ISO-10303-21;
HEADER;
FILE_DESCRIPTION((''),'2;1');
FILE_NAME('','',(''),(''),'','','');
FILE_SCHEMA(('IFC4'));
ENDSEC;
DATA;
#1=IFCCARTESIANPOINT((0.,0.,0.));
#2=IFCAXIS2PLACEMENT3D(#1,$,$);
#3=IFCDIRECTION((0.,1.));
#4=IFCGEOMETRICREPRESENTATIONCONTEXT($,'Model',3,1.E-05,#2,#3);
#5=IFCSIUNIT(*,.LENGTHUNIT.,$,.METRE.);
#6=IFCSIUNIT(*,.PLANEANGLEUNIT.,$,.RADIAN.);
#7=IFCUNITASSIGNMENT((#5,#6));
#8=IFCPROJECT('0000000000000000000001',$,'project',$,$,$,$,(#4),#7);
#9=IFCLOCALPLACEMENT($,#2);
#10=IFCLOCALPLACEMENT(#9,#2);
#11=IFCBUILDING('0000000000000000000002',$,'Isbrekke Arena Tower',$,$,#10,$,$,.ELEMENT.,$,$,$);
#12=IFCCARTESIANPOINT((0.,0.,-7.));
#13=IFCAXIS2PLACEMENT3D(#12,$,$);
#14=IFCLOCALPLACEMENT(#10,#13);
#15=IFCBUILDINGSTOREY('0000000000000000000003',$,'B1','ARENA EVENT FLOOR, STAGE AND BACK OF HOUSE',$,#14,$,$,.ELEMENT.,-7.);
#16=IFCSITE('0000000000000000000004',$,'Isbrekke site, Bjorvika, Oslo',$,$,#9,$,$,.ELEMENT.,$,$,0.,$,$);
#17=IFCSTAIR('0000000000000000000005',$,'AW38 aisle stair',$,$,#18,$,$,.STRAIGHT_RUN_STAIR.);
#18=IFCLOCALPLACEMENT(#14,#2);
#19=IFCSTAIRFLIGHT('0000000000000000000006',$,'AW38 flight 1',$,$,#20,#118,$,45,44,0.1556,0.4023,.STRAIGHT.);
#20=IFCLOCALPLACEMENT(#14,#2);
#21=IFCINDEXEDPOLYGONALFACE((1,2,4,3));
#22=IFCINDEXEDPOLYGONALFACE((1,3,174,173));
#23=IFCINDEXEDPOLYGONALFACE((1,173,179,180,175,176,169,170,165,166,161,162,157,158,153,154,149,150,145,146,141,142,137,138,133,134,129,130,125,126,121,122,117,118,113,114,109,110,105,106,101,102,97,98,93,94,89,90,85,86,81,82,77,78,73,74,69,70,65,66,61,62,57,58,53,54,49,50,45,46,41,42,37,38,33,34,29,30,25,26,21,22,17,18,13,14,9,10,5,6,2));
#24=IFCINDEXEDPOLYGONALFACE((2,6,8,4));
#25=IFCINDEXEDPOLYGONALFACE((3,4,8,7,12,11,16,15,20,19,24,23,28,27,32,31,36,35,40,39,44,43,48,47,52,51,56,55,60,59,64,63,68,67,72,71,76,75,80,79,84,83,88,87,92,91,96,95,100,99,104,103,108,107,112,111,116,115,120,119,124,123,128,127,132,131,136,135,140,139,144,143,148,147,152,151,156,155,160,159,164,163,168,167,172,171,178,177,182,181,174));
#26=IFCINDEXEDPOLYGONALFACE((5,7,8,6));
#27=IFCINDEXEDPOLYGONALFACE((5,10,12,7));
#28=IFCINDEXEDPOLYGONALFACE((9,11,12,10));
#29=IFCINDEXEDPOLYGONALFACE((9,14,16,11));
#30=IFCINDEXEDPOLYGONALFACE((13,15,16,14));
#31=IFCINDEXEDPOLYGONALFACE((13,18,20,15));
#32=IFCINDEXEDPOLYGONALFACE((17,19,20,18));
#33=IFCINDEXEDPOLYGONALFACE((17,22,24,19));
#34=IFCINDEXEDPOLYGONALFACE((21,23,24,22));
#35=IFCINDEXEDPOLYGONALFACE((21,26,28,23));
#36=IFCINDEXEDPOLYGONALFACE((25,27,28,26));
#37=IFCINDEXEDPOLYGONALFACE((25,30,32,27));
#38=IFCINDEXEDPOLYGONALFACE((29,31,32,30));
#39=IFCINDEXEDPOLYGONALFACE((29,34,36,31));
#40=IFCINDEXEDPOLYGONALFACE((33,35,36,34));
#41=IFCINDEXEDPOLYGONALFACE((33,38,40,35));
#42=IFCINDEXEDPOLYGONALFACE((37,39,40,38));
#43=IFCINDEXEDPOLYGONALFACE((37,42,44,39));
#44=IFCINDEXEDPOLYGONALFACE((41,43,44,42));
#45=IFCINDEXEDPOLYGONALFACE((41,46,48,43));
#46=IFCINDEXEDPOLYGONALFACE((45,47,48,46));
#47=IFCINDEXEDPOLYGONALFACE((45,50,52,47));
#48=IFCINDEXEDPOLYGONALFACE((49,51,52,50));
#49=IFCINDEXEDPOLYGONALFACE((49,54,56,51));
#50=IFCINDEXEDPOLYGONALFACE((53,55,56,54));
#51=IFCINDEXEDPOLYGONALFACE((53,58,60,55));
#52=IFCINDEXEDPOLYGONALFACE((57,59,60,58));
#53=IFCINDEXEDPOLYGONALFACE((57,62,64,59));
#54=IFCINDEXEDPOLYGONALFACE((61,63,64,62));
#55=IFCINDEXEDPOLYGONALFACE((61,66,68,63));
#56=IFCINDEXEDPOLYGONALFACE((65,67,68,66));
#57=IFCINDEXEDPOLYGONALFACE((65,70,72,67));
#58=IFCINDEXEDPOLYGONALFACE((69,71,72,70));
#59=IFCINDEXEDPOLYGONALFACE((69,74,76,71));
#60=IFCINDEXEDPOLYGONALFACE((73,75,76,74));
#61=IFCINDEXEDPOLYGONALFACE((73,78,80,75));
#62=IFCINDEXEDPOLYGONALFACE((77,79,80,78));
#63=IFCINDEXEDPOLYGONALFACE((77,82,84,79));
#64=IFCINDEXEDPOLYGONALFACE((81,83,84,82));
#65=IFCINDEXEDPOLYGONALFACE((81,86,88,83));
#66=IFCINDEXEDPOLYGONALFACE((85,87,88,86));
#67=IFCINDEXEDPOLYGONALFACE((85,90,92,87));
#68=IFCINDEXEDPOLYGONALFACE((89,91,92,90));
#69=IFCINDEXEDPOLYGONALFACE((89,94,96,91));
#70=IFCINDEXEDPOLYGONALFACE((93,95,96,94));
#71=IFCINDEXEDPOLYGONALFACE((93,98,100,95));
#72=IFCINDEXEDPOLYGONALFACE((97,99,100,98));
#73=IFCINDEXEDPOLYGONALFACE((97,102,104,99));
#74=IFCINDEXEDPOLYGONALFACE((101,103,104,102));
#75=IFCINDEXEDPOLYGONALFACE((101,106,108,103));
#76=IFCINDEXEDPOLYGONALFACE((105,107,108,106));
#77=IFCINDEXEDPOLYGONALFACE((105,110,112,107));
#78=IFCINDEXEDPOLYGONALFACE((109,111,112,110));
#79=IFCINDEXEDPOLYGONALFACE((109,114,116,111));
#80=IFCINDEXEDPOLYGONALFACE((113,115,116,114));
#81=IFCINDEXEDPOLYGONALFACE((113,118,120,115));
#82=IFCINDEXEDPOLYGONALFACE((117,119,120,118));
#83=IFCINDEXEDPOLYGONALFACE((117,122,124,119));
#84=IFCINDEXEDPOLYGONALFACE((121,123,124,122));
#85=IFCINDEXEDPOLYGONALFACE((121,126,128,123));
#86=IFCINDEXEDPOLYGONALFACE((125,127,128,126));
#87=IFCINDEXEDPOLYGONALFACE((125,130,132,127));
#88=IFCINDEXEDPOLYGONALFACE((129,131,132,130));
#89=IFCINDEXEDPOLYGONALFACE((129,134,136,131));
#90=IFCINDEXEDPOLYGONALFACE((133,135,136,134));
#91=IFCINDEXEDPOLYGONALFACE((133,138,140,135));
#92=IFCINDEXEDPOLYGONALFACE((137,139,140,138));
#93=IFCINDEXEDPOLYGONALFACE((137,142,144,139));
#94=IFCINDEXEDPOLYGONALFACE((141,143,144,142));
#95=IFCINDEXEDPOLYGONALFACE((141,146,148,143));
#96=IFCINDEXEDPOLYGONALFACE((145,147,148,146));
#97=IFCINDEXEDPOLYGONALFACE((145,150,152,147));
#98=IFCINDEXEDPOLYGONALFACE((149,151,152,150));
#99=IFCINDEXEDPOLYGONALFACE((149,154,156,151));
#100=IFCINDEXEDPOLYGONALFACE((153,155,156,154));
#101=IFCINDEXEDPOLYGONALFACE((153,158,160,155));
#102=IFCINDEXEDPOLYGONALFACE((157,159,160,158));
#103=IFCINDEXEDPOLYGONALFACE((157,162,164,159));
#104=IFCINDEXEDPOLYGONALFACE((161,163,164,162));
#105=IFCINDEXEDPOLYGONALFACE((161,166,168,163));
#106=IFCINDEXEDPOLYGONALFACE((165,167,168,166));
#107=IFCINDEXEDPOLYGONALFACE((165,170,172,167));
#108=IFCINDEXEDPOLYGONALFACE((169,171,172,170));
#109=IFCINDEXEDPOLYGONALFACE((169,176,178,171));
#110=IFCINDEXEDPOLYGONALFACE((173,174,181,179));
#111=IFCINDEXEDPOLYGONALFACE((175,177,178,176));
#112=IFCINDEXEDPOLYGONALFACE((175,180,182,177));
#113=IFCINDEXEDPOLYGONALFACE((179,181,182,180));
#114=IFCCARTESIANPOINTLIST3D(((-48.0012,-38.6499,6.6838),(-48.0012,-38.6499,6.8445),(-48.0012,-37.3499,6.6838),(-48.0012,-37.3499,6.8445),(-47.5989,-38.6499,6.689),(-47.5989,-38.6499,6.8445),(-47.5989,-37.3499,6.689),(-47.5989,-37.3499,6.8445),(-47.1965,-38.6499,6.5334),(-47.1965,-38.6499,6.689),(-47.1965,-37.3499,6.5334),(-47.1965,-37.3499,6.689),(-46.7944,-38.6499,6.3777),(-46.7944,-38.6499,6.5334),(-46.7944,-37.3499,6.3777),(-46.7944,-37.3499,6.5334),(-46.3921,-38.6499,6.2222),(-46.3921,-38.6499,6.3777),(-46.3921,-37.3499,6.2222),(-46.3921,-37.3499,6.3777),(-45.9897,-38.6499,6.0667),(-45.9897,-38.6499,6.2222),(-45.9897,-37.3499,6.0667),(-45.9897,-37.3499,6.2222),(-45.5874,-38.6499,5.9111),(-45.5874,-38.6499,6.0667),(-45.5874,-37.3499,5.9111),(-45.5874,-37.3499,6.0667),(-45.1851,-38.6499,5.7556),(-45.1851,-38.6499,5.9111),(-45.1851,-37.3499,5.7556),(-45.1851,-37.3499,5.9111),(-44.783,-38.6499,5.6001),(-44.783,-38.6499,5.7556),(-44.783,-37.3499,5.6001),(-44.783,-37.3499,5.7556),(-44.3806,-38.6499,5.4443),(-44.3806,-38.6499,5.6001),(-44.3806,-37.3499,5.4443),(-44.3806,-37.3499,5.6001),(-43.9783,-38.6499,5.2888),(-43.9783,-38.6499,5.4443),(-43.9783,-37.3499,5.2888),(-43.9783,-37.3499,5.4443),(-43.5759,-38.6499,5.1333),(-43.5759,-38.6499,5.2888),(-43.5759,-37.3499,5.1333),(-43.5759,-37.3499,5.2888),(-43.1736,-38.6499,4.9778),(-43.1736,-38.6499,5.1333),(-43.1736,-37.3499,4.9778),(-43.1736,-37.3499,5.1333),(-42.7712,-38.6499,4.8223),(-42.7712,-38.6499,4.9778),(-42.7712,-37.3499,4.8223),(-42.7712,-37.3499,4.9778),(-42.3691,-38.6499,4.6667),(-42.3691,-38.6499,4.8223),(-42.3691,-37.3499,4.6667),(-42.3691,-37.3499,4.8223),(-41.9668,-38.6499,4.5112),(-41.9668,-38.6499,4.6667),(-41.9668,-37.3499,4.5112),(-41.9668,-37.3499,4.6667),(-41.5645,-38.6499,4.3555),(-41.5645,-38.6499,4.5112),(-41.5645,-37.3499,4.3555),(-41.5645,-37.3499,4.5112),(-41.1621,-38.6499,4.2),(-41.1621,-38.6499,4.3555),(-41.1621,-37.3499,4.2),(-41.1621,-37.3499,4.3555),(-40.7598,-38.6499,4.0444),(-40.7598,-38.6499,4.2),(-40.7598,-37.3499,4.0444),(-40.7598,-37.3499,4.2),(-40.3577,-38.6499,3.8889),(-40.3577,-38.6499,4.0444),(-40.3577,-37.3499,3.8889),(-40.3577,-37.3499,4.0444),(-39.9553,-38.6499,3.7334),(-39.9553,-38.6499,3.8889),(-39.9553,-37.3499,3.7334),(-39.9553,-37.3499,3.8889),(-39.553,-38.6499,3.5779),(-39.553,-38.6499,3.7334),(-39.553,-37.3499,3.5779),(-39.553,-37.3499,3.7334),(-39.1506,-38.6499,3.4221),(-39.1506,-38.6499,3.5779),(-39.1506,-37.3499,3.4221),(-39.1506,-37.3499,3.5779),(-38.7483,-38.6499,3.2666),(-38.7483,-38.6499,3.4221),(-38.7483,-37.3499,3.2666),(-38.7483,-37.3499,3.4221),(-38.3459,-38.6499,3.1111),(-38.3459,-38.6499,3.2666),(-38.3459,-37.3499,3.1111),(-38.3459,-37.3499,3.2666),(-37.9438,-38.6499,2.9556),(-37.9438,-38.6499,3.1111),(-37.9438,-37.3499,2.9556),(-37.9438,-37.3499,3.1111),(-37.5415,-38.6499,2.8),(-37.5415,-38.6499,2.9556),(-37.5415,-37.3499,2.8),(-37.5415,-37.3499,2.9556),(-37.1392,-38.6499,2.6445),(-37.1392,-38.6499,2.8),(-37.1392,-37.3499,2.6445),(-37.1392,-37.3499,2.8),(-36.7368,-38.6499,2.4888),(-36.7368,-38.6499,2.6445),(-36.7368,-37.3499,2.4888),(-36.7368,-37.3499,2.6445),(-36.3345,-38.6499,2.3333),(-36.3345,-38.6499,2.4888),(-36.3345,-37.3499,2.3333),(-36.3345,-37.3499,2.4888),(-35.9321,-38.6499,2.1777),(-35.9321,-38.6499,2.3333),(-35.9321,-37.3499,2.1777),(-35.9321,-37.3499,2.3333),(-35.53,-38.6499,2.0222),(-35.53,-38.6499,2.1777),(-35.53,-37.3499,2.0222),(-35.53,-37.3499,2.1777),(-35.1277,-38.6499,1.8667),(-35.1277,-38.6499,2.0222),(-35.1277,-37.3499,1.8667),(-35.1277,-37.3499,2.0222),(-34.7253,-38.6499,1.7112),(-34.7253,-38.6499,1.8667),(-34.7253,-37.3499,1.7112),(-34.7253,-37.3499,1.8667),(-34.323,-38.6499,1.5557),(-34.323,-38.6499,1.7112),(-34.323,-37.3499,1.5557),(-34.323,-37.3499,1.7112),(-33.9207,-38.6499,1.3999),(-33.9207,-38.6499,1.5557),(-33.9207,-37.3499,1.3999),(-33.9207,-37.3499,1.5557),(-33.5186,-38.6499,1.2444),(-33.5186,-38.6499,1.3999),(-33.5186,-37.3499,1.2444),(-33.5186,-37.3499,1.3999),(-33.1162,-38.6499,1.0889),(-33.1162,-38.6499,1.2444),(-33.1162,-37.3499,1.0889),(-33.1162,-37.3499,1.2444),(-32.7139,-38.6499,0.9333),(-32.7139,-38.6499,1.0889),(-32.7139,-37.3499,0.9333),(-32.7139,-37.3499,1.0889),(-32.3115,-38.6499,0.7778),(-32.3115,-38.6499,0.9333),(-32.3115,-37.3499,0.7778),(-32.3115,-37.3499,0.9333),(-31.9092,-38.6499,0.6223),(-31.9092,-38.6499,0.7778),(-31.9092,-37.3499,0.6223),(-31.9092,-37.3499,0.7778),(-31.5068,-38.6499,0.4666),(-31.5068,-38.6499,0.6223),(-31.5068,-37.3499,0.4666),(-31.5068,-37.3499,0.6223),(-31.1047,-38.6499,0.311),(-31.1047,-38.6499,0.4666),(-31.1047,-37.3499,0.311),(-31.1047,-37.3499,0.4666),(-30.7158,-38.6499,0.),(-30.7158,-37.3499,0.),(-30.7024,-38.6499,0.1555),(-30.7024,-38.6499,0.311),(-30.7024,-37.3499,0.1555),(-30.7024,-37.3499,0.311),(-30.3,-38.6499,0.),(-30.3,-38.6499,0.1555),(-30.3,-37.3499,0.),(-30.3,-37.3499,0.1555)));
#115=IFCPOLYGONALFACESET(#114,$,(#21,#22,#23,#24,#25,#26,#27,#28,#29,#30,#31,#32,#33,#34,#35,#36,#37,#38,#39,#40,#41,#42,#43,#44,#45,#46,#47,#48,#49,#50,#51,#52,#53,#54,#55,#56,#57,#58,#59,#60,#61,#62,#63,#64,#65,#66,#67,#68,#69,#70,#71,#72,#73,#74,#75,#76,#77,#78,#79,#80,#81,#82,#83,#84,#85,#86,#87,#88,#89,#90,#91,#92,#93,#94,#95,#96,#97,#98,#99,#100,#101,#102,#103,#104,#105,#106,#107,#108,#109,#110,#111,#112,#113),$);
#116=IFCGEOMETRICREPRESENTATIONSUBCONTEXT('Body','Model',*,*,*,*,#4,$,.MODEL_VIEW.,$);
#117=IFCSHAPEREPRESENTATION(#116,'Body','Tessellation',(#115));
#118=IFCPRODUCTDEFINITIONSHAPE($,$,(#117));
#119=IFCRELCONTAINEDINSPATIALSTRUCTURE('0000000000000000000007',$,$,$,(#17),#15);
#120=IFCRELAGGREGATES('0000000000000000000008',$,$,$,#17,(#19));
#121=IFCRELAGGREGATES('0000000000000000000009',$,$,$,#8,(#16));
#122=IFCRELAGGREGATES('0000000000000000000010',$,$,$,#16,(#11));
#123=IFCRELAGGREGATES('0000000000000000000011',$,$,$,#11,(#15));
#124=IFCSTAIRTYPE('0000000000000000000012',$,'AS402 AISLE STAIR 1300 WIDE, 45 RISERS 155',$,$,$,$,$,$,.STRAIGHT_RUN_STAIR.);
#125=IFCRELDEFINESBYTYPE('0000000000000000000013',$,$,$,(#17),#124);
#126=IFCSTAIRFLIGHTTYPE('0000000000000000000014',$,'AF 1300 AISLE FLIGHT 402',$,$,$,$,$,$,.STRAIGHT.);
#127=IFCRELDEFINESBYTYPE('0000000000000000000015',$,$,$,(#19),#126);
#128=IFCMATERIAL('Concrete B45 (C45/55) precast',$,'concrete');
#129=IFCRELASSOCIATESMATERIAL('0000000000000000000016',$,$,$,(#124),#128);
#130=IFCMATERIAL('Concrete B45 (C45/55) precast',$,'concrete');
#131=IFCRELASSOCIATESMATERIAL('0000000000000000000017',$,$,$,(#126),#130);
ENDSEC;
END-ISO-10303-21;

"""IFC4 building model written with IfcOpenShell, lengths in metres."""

from ifc_helpers import new_model, si_unit, direction, frame, origin, place, context, subcontext, project, spatial, polyline, outline, extrude, material, type_object, element, aggregate, save


model = new_model("IFC4")

# Units and contexts
model_context = context("Model", 3, precision=1e-05, world=origin(), true_north=direction((0.0, 1.0)))
body_context = subcontext(model_context, "Body", "Model", "MODEL_VIEW")
ifc_project = project(units=[si_unit("LENGTHUNIT", "METRE"), si_unit("PLANEANGLEUNIT", "RADIAN")], contexts=[model_context])

# Site, building, storey
site_placement = place(None, origin())
site = spatial("IfcSite", under=ifc_project, at=site_placement, Name="Isbrekke site, Bjorvika, Oslo", CompositionType="ELEMENT", RefElevation=0.0)
building_placement = place(site_placement, origin())
building = spatial("IfcBuilding", under=site, at=building_placement, Name="Isbrekke Arena Tower", CompositionType="ELEMENT")
storey_placement = place(building_placement, frame((0.0, 0.0, -7.0)))
storey = spatial("IfcBuildingStorey", under=building, at=storey_placement, Name="B1", Description="ARENA EVENT FLOOR, STAGE AND BACK OF HOUSE", CompositionType="ELEMENT", Elevation=-7.0)

# Stair, stair flight
ifc_material_1 = material(Name="Concrete B45 (C45/55) precast", Category="concrete")
stair_type_1 = type_object("IfcStairType", Name="AS402 AISLE STAIR 1300 WIDE, 45 RISERS 155", PredefinedType="STRAIGHT_RUN_STAIR", material=ifc_material_1)
ifc_material_2 = material(Name="Concrete B45 (C45/55) precast", Category="concrete")
stair_flight_type_1 = type_object("IfcStairFlightType", Name="AF 1300 AISLE FLIGHT 402", PredefinedType="STRAIGHT", material=ifc_material_2)
stair_1_placement = place(storey_placement, origin())
stair_1 = element("IfcStair", 1, at=stair_1_placement, inside=storey, type_object=stair_type_1, Name="AW38 aisle stair", PredefinedType="STRAIGHT_RUN_STAIR")
stair_flight_1_placement = place(storey_placement, frame((-30.3, -38.0, 0.0), z_axis=(0.0, 0.0, 1.0), x_axis=(-1.0, 0.0, 0.0)))
stair_flight_1 = element("IfcStairFlight", 2, at=stair_flight_1_placement, type_object=stair_flight_type_1, Name="AW38 flight 1", NumberOfRisers=45, NumberOfTreads=44, PredefinedType="STRAIGHT", RiserHeight=0.1556, TreadLength=0.4023, context=body_context, shape_type="SweptSolid", body=[
    extrude(outline(polyline([(0.0, 0.0), (0.0, 0.1555), (0.4023, 0.1555), (0.4023, 0.311), (0.8047, 0.311), (0.8047, 0.4666), (1.2068, 0.4666), (1.2068, 0.6223), (1.6091, 0.6223), (1.6091, 0.7778), (2.0115, 0.7778), (2.0115, 0.9333), (2.4138, 0.9333), (2.4138, 1.0889), (2.8162, 1.0889), (2.8162, 1.2444), (3.2185, 1.2444), (3.2185, 1.3999), (3.6206, 1.3999), (3.6206, 1.5557), (4.0229, 1.5557), (4.0229, 1.7112), (4.4253, 1.7112), (4.4253, 1.8667), (4.8276, 1.8667), (4.8276, 2.0222), (5.23, 2.0222), (5.23, 2.1777), (5.6321, 2.1777), (5.6321, 2.3333), (6.0344, 2.3333), (6.0344, 2.4888), (6.4368, 2.4888), (6.4368, 2.6445), (6.8391, 2.6445), (6.8391, 2.8), (7.2415, 2.8), (7.2415, 2.9556), (7.6438, 2.9556), (7.6438, 3.1111), (8.0459, 3.1111), (8.0459, 3.2666), (8.4482, 3.2666), (8.4482, 3.4221), (8.8506, 3.4221), (8.8506, 3.5779), (9.2529, 3.5779), (9.2529, 3.7334), (9.6553, 3.7334), (9.6553, 3.8889), (10.0576, 3.8889), (10.0576, 4.0444), (10.4597, 4.0444), (10.4597, 4.2), (10.8621, 4.2), (10.8621, 4.3555), (11.2644, 4.3555), (11.2644, 4.5112), (11.6667, 4.5112), (11.6667, 4.6667), (12.0691, 4.6667), (12.0691, 4.8223), (12.4712, 4.8223), (12.4712, 4.9778), (12.8735, 4.9778), (12.8735, 5.1333), (13.2759, 5.1333), (13.2759, 5.2888), (13.6782, 5.2888), (13.6782, 5.4443), (14.0806, 5.4443), (14.0806, 5.6001), (14.4829, 5.6001), (14.4829, 5.7556), (14.885, 5.7556), (14.885, 5.9111), (15.2874, 5.9111), (15.2874, 6.0667), (15.6897, 6.0667), (15.6897, 6.2222), (16.092, 6.2222), (16.092, 6.3777), (16.4944, 6.3777), (16.4944, 6.5334), (16.8965, 6.5334), (16.8965, 6.689), (17.2988, 6.689), (17.2988, 6.8445), (17.7012, 6.8445), (17.7012, 7.0), (17.7012, 6.6838), (0.4158, 0.0), (0.0, 0.0)])), frame((0.0, 0.6499, 0.0), z_axis=(0.0, -1.0, 0.0), x_axis=(1.0, 0.0, 0.0)), (0.0, 0.0, 1.0), 1.3),
])
aggregate(stair_1, [stair_flight_1])

save(model, "model.ifc")
